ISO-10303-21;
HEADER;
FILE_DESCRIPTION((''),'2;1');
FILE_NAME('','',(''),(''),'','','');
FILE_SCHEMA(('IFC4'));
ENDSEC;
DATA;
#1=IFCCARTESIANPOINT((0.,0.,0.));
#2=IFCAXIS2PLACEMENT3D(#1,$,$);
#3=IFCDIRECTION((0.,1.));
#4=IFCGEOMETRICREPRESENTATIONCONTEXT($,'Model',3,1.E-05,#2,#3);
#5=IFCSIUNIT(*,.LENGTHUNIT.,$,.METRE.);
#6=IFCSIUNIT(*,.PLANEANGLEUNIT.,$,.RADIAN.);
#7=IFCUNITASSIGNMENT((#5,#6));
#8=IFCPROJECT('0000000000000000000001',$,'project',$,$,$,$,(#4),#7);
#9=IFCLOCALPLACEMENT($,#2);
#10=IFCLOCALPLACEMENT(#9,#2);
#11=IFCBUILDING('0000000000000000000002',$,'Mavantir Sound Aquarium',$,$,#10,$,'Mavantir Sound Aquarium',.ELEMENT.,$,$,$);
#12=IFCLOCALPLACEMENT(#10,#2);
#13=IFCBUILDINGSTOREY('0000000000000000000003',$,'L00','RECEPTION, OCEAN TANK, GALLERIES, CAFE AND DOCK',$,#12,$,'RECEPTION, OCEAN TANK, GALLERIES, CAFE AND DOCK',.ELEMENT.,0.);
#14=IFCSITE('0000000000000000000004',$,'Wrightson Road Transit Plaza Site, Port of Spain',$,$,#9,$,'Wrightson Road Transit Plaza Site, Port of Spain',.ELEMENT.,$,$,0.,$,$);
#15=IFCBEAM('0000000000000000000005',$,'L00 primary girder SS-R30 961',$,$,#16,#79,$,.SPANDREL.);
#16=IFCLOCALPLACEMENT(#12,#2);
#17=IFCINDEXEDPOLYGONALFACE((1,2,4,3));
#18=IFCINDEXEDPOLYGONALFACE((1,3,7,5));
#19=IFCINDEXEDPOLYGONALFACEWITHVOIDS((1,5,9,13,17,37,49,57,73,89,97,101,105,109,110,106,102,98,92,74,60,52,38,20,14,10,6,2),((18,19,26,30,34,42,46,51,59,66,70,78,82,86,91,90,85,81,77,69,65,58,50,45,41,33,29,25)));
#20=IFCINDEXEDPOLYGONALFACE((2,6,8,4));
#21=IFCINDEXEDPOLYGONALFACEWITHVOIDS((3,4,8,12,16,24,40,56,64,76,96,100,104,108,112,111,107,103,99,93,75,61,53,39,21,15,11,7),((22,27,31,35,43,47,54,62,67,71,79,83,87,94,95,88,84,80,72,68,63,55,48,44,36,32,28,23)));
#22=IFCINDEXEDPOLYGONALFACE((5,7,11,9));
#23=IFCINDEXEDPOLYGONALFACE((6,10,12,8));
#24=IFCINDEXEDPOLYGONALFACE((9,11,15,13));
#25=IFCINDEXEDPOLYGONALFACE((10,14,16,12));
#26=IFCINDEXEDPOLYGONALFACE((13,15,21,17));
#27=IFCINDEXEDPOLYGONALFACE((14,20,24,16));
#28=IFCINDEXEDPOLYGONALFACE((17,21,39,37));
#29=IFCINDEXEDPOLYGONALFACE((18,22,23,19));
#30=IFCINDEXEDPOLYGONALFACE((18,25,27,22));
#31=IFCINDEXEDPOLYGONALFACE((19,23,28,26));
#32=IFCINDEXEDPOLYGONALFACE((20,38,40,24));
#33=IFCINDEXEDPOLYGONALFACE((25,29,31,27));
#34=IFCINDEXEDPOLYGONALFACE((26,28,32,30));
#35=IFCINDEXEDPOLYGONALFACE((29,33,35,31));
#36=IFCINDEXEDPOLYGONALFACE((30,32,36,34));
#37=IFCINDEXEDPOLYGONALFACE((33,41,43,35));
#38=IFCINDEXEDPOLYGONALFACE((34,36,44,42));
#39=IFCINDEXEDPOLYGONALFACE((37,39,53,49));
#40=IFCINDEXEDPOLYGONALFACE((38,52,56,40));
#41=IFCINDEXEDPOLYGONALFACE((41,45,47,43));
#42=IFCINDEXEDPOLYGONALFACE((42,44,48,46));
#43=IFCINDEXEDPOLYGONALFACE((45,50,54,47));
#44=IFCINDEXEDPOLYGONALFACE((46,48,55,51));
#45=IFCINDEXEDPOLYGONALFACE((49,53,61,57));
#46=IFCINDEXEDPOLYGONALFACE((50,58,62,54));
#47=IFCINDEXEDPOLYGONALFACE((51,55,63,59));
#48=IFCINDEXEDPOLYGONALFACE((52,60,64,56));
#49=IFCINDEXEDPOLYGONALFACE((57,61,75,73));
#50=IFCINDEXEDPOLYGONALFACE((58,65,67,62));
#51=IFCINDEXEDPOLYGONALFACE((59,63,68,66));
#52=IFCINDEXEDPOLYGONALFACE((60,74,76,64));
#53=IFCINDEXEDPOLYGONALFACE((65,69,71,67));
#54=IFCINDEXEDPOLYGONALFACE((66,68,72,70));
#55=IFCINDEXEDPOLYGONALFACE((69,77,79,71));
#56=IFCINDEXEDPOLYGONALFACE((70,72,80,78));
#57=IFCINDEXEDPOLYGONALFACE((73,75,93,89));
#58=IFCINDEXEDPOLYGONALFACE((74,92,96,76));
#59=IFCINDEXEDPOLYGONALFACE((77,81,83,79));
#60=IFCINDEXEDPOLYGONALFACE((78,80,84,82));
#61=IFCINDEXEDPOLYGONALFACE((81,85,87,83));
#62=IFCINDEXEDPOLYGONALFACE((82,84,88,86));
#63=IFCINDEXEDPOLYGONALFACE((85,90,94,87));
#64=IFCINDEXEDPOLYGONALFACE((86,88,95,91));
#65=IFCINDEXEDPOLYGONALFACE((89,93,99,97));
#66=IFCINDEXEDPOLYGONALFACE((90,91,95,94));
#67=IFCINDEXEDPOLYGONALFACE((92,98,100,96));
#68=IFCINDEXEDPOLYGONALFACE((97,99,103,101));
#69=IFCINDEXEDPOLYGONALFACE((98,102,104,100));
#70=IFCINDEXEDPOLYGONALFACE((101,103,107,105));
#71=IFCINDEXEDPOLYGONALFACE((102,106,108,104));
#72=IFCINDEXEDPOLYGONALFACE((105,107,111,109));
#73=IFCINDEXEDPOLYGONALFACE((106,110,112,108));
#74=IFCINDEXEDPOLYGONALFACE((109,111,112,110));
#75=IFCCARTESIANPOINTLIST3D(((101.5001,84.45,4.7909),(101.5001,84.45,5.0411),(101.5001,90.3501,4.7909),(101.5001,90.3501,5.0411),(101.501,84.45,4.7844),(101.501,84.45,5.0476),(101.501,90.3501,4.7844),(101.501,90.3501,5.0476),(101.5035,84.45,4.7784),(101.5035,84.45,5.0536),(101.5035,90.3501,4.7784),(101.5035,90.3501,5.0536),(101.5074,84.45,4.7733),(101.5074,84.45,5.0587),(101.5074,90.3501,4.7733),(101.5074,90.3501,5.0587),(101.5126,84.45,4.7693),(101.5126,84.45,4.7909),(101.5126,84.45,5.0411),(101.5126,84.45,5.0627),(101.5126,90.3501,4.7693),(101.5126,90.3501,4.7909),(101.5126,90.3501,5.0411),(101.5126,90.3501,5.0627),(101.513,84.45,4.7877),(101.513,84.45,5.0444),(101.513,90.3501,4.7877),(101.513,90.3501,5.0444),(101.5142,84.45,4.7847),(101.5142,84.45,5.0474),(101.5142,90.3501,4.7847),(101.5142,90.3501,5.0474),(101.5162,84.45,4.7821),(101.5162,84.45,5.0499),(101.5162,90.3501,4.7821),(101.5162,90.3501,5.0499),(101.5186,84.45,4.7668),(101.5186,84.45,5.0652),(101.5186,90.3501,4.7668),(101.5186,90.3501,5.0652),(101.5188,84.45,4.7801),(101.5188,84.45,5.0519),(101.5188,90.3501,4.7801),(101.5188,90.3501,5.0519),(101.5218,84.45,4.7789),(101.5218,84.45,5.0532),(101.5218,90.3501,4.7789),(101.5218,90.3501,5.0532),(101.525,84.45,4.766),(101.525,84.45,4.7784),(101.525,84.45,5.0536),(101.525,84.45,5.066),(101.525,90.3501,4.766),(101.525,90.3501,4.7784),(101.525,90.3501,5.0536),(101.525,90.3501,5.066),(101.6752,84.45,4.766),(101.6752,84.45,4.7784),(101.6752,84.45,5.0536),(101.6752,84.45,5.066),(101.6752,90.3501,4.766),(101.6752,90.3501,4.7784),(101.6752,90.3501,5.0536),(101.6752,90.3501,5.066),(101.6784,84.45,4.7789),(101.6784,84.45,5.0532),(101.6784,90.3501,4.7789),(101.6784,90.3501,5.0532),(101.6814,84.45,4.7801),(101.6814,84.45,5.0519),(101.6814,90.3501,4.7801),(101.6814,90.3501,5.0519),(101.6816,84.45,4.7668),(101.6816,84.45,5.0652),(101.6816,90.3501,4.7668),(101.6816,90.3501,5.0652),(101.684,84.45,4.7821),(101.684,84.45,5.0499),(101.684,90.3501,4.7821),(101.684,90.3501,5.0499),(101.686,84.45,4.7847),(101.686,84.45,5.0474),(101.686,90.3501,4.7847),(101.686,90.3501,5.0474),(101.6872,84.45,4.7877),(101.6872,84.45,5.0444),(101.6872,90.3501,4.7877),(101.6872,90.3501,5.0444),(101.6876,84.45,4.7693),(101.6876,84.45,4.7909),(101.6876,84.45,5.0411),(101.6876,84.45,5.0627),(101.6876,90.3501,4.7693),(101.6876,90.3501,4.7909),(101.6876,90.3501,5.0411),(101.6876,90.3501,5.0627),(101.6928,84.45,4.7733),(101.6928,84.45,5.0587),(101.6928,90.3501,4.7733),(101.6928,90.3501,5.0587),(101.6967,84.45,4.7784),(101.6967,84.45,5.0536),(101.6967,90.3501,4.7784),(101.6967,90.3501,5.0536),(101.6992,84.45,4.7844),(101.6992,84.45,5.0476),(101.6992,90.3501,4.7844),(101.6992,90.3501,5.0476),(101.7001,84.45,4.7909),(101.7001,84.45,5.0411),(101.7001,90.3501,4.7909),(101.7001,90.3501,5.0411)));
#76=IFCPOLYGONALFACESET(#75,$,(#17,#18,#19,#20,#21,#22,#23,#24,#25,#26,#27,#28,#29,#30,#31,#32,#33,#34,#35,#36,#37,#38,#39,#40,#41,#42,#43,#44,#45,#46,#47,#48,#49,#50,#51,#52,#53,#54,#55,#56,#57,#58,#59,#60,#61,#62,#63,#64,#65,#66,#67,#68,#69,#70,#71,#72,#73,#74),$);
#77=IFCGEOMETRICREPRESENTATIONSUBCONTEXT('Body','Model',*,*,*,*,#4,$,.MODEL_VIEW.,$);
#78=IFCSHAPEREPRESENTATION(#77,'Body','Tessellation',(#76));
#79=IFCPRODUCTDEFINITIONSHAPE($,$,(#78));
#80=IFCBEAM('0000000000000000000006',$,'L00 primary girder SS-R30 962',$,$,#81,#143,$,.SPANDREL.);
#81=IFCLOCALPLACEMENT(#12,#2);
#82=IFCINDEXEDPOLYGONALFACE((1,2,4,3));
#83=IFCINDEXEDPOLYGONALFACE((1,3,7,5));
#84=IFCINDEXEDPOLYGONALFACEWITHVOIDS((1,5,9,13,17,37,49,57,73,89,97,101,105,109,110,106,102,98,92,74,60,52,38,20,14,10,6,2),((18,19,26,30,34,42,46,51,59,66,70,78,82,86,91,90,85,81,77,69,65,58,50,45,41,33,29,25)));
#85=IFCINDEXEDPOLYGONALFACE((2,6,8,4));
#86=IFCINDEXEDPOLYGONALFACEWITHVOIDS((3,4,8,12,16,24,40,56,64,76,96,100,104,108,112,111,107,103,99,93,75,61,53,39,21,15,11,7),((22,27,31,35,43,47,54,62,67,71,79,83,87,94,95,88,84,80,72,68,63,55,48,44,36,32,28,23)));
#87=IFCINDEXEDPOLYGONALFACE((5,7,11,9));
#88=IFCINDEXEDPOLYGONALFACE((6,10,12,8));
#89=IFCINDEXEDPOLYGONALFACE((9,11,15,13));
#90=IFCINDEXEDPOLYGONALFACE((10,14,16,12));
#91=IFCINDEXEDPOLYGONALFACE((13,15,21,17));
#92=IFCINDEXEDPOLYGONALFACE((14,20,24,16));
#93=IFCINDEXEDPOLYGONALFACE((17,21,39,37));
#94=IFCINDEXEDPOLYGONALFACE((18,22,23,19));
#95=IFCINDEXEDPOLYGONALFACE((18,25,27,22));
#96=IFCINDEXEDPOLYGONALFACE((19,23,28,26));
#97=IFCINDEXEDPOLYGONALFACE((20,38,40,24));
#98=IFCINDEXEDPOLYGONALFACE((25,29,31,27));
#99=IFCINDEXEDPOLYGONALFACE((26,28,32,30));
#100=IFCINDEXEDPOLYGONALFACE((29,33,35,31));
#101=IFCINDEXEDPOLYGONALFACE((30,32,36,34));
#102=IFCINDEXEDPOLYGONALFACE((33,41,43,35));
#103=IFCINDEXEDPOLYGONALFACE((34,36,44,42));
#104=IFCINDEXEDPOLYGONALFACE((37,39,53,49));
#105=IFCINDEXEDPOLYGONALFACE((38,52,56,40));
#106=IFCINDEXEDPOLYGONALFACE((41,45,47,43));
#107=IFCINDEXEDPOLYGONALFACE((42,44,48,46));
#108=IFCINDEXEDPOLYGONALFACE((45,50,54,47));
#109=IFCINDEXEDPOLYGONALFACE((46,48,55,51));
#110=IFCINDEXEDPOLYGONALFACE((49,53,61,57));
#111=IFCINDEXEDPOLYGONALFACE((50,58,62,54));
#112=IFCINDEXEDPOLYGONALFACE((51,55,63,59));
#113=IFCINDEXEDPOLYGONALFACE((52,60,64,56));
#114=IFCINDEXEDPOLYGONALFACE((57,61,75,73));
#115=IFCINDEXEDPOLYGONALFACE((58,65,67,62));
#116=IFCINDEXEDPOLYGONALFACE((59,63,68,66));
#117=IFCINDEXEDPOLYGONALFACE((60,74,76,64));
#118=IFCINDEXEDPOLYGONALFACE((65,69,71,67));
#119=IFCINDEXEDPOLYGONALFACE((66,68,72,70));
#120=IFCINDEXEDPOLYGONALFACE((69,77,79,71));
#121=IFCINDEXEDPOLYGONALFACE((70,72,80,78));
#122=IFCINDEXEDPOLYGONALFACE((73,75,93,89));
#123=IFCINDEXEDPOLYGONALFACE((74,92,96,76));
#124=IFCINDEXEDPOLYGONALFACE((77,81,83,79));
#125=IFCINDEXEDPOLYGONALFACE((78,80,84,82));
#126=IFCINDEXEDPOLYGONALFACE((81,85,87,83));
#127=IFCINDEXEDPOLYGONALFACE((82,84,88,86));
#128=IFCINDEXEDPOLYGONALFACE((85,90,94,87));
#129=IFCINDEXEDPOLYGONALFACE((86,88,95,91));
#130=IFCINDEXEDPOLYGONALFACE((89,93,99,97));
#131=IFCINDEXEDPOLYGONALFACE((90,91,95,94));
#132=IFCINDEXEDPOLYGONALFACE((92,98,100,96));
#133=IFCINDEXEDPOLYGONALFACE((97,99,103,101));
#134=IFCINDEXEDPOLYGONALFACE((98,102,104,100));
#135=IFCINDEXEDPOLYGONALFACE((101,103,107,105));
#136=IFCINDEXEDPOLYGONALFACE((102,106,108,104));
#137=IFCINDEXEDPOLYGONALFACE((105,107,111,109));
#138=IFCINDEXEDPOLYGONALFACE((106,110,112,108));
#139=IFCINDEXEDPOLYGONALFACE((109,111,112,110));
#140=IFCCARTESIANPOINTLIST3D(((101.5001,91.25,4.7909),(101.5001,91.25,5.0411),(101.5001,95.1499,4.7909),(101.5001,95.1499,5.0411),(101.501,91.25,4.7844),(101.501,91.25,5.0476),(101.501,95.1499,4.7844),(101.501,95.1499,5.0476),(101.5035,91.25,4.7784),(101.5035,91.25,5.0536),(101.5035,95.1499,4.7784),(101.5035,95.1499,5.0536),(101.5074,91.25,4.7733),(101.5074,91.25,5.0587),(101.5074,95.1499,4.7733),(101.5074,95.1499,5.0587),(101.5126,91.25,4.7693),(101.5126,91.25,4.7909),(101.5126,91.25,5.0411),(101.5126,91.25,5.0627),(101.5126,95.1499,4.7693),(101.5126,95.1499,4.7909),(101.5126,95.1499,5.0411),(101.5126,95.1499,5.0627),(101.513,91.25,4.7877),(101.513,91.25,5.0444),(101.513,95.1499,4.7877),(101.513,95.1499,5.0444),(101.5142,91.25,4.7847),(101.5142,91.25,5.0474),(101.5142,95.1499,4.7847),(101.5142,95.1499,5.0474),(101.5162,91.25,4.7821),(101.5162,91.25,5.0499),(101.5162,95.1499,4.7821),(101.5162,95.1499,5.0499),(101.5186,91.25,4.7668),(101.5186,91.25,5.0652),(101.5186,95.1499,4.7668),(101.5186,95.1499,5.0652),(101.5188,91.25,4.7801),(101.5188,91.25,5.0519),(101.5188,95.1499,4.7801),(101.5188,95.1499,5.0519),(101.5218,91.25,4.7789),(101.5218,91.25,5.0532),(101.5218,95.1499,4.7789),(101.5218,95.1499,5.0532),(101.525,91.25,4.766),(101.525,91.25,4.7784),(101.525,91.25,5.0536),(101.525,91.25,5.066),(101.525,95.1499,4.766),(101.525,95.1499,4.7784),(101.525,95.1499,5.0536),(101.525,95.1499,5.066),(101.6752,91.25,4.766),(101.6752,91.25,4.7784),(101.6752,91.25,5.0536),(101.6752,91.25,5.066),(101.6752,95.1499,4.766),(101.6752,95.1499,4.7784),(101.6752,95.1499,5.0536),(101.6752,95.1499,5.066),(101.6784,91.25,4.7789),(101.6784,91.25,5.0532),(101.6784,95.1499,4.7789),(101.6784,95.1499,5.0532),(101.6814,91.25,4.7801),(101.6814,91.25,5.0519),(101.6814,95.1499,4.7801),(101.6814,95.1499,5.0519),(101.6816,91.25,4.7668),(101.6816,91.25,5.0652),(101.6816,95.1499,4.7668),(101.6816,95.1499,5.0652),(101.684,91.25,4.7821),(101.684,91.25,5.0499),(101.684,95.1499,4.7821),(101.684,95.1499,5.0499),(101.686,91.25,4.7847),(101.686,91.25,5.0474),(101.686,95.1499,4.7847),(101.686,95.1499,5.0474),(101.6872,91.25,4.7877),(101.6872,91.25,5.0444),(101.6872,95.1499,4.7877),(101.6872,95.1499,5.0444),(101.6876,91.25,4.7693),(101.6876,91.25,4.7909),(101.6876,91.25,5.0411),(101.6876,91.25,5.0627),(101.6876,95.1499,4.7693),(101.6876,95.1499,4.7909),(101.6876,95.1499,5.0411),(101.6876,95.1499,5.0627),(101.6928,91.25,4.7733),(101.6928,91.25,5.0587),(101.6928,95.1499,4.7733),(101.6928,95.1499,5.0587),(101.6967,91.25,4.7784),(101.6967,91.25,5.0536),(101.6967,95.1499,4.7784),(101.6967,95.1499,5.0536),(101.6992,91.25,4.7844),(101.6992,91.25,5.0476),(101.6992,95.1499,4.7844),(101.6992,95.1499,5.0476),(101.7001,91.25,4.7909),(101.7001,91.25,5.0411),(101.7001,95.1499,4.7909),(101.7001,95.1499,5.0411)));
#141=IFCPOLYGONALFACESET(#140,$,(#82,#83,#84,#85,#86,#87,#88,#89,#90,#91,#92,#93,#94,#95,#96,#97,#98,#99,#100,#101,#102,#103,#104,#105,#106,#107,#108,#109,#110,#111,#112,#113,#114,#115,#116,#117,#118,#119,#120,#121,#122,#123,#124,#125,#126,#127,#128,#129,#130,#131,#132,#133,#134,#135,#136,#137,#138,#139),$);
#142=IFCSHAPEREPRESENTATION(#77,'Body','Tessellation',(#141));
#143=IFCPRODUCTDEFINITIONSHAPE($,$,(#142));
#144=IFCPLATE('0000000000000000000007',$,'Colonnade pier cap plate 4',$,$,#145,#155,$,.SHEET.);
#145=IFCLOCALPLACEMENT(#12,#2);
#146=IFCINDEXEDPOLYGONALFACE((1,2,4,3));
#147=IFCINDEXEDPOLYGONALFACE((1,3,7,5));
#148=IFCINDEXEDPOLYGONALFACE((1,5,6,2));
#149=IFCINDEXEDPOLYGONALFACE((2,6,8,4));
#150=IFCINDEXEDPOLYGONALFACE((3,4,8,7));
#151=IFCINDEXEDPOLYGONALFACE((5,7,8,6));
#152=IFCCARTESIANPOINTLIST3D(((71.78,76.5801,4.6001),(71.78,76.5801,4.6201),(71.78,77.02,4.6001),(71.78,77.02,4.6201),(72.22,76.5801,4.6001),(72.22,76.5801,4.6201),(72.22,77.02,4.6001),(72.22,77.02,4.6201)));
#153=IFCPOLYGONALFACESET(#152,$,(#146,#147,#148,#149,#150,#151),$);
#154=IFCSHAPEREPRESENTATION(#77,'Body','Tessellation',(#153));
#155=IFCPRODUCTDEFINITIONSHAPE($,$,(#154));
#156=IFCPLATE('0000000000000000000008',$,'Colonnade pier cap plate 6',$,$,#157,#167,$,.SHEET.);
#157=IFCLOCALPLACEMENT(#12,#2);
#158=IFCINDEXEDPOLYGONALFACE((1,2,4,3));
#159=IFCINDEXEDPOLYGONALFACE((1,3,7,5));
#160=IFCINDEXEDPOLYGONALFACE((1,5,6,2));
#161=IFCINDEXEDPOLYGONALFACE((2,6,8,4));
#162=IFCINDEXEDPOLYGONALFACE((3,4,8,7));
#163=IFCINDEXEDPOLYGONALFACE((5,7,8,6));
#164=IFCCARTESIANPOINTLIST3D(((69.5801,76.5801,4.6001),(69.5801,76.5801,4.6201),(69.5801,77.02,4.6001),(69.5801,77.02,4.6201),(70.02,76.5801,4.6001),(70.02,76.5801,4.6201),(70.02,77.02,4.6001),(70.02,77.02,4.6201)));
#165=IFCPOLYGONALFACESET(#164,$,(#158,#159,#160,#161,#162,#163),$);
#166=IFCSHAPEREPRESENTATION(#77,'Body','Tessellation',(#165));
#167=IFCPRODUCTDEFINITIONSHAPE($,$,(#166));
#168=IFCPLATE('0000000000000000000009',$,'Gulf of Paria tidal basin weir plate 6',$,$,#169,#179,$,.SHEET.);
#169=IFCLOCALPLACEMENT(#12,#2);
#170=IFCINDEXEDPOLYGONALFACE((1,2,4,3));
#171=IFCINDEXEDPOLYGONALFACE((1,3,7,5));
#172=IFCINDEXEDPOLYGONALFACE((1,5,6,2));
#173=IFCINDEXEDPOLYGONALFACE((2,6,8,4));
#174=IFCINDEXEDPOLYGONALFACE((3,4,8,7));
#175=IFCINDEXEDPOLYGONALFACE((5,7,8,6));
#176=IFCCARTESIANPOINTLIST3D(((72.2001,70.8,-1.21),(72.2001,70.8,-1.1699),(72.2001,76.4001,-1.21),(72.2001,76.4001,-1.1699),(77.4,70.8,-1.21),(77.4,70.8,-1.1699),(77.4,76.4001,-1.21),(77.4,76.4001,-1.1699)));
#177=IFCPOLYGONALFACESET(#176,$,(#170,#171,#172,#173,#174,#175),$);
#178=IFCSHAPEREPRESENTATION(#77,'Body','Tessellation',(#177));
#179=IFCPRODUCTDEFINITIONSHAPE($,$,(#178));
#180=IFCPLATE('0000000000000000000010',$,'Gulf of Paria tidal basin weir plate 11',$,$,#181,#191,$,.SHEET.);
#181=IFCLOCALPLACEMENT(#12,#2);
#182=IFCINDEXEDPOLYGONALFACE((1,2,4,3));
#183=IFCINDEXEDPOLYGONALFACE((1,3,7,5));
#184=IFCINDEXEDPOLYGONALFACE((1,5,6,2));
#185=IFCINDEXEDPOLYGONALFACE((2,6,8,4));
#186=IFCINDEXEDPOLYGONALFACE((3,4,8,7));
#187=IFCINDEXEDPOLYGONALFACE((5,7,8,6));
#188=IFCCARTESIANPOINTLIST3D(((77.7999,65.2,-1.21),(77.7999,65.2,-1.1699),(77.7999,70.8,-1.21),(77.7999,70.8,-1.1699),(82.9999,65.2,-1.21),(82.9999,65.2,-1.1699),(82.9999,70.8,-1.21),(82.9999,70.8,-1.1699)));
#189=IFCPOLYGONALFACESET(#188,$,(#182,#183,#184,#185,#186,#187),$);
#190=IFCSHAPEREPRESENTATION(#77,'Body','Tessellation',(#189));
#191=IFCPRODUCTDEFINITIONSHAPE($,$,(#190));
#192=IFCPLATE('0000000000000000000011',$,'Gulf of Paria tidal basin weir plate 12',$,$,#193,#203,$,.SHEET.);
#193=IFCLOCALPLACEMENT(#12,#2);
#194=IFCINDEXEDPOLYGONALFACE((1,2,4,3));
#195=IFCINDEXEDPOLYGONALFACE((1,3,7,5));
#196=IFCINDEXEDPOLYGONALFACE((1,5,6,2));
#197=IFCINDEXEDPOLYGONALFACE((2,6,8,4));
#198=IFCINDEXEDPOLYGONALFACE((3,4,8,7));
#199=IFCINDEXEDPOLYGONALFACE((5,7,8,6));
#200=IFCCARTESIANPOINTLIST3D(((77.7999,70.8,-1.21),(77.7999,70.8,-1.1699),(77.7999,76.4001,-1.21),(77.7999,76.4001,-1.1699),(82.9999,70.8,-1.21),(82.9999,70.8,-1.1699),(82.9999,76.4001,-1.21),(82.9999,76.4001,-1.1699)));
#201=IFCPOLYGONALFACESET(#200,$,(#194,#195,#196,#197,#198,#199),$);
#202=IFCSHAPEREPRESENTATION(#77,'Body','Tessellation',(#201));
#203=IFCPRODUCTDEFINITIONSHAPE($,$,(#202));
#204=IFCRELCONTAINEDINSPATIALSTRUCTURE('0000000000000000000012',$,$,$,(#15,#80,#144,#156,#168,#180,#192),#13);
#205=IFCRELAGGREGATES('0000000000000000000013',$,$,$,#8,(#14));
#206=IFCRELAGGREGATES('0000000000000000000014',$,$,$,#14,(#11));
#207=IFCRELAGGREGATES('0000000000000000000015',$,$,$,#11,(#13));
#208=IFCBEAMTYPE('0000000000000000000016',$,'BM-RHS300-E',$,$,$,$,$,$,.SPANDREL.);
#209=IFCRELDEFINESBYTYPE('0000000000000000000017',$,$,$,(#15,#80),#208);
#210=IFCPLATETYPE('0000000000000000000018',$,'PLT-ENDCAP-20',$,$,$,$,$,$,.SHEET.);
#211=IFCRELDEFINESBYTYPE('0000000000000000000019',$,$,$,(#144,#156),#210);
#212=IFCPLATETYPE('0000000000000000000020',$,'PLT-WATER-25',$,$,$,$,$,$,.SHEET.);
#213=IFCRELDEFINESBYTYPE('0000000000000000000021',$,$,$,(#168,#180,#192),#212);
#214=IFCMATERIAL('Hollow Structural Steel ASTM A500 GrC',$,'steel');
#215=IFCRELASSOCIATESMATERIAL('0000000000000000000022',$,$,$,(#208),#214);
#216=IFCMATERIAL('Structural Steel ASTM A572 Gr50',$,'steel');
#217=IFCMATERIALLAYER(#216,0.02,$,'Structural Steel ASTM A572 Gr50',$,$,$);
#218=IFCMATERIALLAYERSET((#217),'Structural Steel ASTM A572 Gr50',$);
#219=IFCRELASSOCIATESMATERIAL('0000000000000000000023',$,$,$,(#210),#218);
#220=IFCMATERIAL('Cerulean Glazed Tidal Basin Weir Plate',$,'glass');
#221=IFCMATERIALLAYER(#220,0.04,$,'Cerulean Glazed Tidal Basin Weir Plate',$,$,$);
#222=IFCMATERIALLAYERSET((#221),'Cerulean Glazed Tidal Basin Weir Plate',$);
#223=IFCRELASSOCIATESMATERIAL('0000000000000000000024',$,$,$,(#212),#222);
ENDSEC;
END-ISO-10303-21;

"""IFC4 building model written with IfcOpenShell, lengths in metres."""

from ifc_helpers import new_model, si_unit, direction, frame, origin, origin_2d, place, context, subcontext, project, spatial, rectangle, hollow_rectangle, extrude, material, layer, layer_set, material_profile, profile_set, type_object, element, save


model = new_model("IFC4")

# Units and contexts
model_context = context("Model", 3, precision=1e-05, world=origin(), true_north=direction((0.0, 1.0)))
body_context = subcontext(model_context, "Body", "Model", "MODEL_VIEW")
ifc_project = project(units=[si_unit("LENGTHUNIT", "METRE"), si_unit("PLANEANGLEUNIT", "RADIAN")], contexts=[model_context])

# Site, building, storey
site_placement = place(None, origin())
site = spatial("IfcSite", under=ifc_project, at=site_placement, Name="Wrightson Road Transit Plaza Site, Port of Spain", LongName="Wrightson Road Transit Plaza Site, Port of Spain", CompositionType="ELEMENT", RefElevation=0.0)
building_placement = place(site_placement, origin())
building = spatial("IfcBuilding", under=site, at=building_placement, Name="Mavantir Sound Aquarium", LongName="Mavantir Sound Aquarium", CompositionType="ELEMENT")
storey_placement = place(building_placement, origin())
storey = spatial("IfcBuildingStorey", under=building, at=storey_placement, Name="L00", Description="RECEPTION, OCEAN TANK, GALLERIES, CAFE AND DOCK", LongName="RECEPTION, OCEAN TANK, GALLERIES, CAFE AND DOCK", CompositionType="ELEMENT", Elevation=0.0)

# Shared definitions
ifc_material_1 = material(Name="Hollow Structural Steel ASTM A500 GrC", Category="steel")

# Beams
ifc_material_profile_1 = material_profile(ifc_material_1, hollow_rectangle(XDim=0.2, YDim=0.3, WallThickness=0.0125, InnerFilletRadius=0.0125, OuterFilletRadius=0.0249, at=origin_2d()), Name="RHS 300X200X12.5")
ifc_profile_set_1 = profile_set([ifc_material_profile_1], Name="Hollow Structural Steel ASTM A500 GrC")
beam_type = type_object("IfcBeamType", Name="BM-RHS300-E", PredefinedType="SPANDREL", material=ifc_profile_set_1)
beam_1_placement = place(storey_placement, frame((101.6001, 84.45, 4.916), z_axis=(0.0, 1.0, 0.0), x_axis=(-1.0, 0.0, 0.0)))
element("IfcBeam", 1, at=beam_1_placement, inside=storey, type_object=beam_type, Name="L00 primary girder SS-R30 961", PredefinedType="SPANDREL", context=body_context, shape_type="SweptSolid", body=[
    extrude(hollow_rectangle(XDim=0.2, YDim=0.3, WallThickness=0.0125, InnerFilletRadius=0.0125, OuterFilletRadius=0.0249, at=origin_2d()), origin(), (0.0, 0.0, 1.0), 5.9001),
])
beam_2_placement = place(storey_placement, frame((101.6001, 91.25, 4.916), z_axis=(0.0, 1.0, 0.0), x_axis=(-1.0, 0.0, 0.0)))
element("IfcBeam", 2, at=beam_2_placement, inside=storey, type_object=beam_type, Name="L00 primary girder SS-R30 962", PredefinedType="SPANDREL", context=body_context, shape_type="SweptSolid", body=[
    extrude(hollow_rectangle(XDim=0.2, YDim=0.3, WallThickness=0.0125, InnerFilletRadius=0.0125, OuterFilletRadius=0.0249, at=origin_2d()), origin(), (0.0, 0.0, 1.0), 3.8999),
])

# Plates
ifc_material_2 = material(Name="Structural Steel ASTM A572 Gr50", Category="steel")
ifc_layer_1 = layer(ifc_material_2, 0.02, Name="Structural Steel ASTM A572 Gr50")
ifc_layer_set_1 = layer_set([ifc_layer_1], Name="Structural Steel ASTM A572 Gr50")
plate_type_1 = type_object("IfcPlateType", Name="PLT-ENDCAP-20", PredefinedType="SHEET", material=ifc_layer_set_1)
for number, where, z_axis, x_axis, name in (
    (3, (72.0, 76.8, 4.6001), (0.0, 0.0, 1.0), (1.0, 0.0, 0.0), "Colonnade pier cap plate 4"),
    (4, (69.8, 76.8, 4.6001), (0.0, 0.0, 1.0), (1.0, 0.0, 0.0), "Colonnade pier cap plate 6"),
):
    element("IfcPlate", number, at=place(storey_placement, frame(where, z_axis=z_axis, x_axis=x_axis)), inside=storey, type_object=plate_type_1, Name=name, PredefinedType="SHEET", context=body_context, shape_type="SweptSolid", body=[
        extrude(rectangle(XDim=0.4399, YDim=0.4399, at=origin_2d()), origin(), (0.0, 0.0, 1.0), 0.02),
    ])
ifc_material_3 = material(Name="Cerulean Glazed Tidal Basin Weir Plate", Category="glass")
ifc_layer_2 = layer(ifc_material_3, 0.04, Name="Cerulean Glazed Tidal Basin Weir Plate")
ifc_layer_set_2 = layer_set([ifc_layer_2], Name="Cerulean Glazed Tidal Basin Weir Plate")
plate_type_2 = type_object("IfcPlateType", Name="PLT-WATER-25", PredefinedType="SHEET", material=ifc_layer_set_2)
for number, where, z_axis, x_axis, name in (
    (5, (74.8, 73.6001, -1.21), (0.0, 0.0, 1.0), (1.0, 0.0, 0.0), "Gulf of Paria tidal basin weir plate 6"),
    (6, (80.3999, 68.0, -1.21), (0.0, 0.0, 1.0), (1.0, 0.0, 0.0), "Gulf of Paria tidal basin weir plate 11"),
    (7, (80.3999, 73.6001, -1.21), (0.0, 0.0, 1.0), (1.0, 0.0, 0.0), "Gulf of Paria tidal basin weir plate 12"),
):
    element("IfcPlate", number, at=place(storey_placement, frame(where, z_axis=z_axis, x_axis=x_axis)), inside=storey, type_object=plate_type_2, Name=name, PredefinedType="SHEET", context=body_context, shape_type="SweptSolid", body=[
        extrude(rectangle(XDim=5.2, YDim=5.6001, at=origin_2d()), origin(), (0.0, 0.0, 1.0), 0.04),
    ])

save(model, "model.ifc")
